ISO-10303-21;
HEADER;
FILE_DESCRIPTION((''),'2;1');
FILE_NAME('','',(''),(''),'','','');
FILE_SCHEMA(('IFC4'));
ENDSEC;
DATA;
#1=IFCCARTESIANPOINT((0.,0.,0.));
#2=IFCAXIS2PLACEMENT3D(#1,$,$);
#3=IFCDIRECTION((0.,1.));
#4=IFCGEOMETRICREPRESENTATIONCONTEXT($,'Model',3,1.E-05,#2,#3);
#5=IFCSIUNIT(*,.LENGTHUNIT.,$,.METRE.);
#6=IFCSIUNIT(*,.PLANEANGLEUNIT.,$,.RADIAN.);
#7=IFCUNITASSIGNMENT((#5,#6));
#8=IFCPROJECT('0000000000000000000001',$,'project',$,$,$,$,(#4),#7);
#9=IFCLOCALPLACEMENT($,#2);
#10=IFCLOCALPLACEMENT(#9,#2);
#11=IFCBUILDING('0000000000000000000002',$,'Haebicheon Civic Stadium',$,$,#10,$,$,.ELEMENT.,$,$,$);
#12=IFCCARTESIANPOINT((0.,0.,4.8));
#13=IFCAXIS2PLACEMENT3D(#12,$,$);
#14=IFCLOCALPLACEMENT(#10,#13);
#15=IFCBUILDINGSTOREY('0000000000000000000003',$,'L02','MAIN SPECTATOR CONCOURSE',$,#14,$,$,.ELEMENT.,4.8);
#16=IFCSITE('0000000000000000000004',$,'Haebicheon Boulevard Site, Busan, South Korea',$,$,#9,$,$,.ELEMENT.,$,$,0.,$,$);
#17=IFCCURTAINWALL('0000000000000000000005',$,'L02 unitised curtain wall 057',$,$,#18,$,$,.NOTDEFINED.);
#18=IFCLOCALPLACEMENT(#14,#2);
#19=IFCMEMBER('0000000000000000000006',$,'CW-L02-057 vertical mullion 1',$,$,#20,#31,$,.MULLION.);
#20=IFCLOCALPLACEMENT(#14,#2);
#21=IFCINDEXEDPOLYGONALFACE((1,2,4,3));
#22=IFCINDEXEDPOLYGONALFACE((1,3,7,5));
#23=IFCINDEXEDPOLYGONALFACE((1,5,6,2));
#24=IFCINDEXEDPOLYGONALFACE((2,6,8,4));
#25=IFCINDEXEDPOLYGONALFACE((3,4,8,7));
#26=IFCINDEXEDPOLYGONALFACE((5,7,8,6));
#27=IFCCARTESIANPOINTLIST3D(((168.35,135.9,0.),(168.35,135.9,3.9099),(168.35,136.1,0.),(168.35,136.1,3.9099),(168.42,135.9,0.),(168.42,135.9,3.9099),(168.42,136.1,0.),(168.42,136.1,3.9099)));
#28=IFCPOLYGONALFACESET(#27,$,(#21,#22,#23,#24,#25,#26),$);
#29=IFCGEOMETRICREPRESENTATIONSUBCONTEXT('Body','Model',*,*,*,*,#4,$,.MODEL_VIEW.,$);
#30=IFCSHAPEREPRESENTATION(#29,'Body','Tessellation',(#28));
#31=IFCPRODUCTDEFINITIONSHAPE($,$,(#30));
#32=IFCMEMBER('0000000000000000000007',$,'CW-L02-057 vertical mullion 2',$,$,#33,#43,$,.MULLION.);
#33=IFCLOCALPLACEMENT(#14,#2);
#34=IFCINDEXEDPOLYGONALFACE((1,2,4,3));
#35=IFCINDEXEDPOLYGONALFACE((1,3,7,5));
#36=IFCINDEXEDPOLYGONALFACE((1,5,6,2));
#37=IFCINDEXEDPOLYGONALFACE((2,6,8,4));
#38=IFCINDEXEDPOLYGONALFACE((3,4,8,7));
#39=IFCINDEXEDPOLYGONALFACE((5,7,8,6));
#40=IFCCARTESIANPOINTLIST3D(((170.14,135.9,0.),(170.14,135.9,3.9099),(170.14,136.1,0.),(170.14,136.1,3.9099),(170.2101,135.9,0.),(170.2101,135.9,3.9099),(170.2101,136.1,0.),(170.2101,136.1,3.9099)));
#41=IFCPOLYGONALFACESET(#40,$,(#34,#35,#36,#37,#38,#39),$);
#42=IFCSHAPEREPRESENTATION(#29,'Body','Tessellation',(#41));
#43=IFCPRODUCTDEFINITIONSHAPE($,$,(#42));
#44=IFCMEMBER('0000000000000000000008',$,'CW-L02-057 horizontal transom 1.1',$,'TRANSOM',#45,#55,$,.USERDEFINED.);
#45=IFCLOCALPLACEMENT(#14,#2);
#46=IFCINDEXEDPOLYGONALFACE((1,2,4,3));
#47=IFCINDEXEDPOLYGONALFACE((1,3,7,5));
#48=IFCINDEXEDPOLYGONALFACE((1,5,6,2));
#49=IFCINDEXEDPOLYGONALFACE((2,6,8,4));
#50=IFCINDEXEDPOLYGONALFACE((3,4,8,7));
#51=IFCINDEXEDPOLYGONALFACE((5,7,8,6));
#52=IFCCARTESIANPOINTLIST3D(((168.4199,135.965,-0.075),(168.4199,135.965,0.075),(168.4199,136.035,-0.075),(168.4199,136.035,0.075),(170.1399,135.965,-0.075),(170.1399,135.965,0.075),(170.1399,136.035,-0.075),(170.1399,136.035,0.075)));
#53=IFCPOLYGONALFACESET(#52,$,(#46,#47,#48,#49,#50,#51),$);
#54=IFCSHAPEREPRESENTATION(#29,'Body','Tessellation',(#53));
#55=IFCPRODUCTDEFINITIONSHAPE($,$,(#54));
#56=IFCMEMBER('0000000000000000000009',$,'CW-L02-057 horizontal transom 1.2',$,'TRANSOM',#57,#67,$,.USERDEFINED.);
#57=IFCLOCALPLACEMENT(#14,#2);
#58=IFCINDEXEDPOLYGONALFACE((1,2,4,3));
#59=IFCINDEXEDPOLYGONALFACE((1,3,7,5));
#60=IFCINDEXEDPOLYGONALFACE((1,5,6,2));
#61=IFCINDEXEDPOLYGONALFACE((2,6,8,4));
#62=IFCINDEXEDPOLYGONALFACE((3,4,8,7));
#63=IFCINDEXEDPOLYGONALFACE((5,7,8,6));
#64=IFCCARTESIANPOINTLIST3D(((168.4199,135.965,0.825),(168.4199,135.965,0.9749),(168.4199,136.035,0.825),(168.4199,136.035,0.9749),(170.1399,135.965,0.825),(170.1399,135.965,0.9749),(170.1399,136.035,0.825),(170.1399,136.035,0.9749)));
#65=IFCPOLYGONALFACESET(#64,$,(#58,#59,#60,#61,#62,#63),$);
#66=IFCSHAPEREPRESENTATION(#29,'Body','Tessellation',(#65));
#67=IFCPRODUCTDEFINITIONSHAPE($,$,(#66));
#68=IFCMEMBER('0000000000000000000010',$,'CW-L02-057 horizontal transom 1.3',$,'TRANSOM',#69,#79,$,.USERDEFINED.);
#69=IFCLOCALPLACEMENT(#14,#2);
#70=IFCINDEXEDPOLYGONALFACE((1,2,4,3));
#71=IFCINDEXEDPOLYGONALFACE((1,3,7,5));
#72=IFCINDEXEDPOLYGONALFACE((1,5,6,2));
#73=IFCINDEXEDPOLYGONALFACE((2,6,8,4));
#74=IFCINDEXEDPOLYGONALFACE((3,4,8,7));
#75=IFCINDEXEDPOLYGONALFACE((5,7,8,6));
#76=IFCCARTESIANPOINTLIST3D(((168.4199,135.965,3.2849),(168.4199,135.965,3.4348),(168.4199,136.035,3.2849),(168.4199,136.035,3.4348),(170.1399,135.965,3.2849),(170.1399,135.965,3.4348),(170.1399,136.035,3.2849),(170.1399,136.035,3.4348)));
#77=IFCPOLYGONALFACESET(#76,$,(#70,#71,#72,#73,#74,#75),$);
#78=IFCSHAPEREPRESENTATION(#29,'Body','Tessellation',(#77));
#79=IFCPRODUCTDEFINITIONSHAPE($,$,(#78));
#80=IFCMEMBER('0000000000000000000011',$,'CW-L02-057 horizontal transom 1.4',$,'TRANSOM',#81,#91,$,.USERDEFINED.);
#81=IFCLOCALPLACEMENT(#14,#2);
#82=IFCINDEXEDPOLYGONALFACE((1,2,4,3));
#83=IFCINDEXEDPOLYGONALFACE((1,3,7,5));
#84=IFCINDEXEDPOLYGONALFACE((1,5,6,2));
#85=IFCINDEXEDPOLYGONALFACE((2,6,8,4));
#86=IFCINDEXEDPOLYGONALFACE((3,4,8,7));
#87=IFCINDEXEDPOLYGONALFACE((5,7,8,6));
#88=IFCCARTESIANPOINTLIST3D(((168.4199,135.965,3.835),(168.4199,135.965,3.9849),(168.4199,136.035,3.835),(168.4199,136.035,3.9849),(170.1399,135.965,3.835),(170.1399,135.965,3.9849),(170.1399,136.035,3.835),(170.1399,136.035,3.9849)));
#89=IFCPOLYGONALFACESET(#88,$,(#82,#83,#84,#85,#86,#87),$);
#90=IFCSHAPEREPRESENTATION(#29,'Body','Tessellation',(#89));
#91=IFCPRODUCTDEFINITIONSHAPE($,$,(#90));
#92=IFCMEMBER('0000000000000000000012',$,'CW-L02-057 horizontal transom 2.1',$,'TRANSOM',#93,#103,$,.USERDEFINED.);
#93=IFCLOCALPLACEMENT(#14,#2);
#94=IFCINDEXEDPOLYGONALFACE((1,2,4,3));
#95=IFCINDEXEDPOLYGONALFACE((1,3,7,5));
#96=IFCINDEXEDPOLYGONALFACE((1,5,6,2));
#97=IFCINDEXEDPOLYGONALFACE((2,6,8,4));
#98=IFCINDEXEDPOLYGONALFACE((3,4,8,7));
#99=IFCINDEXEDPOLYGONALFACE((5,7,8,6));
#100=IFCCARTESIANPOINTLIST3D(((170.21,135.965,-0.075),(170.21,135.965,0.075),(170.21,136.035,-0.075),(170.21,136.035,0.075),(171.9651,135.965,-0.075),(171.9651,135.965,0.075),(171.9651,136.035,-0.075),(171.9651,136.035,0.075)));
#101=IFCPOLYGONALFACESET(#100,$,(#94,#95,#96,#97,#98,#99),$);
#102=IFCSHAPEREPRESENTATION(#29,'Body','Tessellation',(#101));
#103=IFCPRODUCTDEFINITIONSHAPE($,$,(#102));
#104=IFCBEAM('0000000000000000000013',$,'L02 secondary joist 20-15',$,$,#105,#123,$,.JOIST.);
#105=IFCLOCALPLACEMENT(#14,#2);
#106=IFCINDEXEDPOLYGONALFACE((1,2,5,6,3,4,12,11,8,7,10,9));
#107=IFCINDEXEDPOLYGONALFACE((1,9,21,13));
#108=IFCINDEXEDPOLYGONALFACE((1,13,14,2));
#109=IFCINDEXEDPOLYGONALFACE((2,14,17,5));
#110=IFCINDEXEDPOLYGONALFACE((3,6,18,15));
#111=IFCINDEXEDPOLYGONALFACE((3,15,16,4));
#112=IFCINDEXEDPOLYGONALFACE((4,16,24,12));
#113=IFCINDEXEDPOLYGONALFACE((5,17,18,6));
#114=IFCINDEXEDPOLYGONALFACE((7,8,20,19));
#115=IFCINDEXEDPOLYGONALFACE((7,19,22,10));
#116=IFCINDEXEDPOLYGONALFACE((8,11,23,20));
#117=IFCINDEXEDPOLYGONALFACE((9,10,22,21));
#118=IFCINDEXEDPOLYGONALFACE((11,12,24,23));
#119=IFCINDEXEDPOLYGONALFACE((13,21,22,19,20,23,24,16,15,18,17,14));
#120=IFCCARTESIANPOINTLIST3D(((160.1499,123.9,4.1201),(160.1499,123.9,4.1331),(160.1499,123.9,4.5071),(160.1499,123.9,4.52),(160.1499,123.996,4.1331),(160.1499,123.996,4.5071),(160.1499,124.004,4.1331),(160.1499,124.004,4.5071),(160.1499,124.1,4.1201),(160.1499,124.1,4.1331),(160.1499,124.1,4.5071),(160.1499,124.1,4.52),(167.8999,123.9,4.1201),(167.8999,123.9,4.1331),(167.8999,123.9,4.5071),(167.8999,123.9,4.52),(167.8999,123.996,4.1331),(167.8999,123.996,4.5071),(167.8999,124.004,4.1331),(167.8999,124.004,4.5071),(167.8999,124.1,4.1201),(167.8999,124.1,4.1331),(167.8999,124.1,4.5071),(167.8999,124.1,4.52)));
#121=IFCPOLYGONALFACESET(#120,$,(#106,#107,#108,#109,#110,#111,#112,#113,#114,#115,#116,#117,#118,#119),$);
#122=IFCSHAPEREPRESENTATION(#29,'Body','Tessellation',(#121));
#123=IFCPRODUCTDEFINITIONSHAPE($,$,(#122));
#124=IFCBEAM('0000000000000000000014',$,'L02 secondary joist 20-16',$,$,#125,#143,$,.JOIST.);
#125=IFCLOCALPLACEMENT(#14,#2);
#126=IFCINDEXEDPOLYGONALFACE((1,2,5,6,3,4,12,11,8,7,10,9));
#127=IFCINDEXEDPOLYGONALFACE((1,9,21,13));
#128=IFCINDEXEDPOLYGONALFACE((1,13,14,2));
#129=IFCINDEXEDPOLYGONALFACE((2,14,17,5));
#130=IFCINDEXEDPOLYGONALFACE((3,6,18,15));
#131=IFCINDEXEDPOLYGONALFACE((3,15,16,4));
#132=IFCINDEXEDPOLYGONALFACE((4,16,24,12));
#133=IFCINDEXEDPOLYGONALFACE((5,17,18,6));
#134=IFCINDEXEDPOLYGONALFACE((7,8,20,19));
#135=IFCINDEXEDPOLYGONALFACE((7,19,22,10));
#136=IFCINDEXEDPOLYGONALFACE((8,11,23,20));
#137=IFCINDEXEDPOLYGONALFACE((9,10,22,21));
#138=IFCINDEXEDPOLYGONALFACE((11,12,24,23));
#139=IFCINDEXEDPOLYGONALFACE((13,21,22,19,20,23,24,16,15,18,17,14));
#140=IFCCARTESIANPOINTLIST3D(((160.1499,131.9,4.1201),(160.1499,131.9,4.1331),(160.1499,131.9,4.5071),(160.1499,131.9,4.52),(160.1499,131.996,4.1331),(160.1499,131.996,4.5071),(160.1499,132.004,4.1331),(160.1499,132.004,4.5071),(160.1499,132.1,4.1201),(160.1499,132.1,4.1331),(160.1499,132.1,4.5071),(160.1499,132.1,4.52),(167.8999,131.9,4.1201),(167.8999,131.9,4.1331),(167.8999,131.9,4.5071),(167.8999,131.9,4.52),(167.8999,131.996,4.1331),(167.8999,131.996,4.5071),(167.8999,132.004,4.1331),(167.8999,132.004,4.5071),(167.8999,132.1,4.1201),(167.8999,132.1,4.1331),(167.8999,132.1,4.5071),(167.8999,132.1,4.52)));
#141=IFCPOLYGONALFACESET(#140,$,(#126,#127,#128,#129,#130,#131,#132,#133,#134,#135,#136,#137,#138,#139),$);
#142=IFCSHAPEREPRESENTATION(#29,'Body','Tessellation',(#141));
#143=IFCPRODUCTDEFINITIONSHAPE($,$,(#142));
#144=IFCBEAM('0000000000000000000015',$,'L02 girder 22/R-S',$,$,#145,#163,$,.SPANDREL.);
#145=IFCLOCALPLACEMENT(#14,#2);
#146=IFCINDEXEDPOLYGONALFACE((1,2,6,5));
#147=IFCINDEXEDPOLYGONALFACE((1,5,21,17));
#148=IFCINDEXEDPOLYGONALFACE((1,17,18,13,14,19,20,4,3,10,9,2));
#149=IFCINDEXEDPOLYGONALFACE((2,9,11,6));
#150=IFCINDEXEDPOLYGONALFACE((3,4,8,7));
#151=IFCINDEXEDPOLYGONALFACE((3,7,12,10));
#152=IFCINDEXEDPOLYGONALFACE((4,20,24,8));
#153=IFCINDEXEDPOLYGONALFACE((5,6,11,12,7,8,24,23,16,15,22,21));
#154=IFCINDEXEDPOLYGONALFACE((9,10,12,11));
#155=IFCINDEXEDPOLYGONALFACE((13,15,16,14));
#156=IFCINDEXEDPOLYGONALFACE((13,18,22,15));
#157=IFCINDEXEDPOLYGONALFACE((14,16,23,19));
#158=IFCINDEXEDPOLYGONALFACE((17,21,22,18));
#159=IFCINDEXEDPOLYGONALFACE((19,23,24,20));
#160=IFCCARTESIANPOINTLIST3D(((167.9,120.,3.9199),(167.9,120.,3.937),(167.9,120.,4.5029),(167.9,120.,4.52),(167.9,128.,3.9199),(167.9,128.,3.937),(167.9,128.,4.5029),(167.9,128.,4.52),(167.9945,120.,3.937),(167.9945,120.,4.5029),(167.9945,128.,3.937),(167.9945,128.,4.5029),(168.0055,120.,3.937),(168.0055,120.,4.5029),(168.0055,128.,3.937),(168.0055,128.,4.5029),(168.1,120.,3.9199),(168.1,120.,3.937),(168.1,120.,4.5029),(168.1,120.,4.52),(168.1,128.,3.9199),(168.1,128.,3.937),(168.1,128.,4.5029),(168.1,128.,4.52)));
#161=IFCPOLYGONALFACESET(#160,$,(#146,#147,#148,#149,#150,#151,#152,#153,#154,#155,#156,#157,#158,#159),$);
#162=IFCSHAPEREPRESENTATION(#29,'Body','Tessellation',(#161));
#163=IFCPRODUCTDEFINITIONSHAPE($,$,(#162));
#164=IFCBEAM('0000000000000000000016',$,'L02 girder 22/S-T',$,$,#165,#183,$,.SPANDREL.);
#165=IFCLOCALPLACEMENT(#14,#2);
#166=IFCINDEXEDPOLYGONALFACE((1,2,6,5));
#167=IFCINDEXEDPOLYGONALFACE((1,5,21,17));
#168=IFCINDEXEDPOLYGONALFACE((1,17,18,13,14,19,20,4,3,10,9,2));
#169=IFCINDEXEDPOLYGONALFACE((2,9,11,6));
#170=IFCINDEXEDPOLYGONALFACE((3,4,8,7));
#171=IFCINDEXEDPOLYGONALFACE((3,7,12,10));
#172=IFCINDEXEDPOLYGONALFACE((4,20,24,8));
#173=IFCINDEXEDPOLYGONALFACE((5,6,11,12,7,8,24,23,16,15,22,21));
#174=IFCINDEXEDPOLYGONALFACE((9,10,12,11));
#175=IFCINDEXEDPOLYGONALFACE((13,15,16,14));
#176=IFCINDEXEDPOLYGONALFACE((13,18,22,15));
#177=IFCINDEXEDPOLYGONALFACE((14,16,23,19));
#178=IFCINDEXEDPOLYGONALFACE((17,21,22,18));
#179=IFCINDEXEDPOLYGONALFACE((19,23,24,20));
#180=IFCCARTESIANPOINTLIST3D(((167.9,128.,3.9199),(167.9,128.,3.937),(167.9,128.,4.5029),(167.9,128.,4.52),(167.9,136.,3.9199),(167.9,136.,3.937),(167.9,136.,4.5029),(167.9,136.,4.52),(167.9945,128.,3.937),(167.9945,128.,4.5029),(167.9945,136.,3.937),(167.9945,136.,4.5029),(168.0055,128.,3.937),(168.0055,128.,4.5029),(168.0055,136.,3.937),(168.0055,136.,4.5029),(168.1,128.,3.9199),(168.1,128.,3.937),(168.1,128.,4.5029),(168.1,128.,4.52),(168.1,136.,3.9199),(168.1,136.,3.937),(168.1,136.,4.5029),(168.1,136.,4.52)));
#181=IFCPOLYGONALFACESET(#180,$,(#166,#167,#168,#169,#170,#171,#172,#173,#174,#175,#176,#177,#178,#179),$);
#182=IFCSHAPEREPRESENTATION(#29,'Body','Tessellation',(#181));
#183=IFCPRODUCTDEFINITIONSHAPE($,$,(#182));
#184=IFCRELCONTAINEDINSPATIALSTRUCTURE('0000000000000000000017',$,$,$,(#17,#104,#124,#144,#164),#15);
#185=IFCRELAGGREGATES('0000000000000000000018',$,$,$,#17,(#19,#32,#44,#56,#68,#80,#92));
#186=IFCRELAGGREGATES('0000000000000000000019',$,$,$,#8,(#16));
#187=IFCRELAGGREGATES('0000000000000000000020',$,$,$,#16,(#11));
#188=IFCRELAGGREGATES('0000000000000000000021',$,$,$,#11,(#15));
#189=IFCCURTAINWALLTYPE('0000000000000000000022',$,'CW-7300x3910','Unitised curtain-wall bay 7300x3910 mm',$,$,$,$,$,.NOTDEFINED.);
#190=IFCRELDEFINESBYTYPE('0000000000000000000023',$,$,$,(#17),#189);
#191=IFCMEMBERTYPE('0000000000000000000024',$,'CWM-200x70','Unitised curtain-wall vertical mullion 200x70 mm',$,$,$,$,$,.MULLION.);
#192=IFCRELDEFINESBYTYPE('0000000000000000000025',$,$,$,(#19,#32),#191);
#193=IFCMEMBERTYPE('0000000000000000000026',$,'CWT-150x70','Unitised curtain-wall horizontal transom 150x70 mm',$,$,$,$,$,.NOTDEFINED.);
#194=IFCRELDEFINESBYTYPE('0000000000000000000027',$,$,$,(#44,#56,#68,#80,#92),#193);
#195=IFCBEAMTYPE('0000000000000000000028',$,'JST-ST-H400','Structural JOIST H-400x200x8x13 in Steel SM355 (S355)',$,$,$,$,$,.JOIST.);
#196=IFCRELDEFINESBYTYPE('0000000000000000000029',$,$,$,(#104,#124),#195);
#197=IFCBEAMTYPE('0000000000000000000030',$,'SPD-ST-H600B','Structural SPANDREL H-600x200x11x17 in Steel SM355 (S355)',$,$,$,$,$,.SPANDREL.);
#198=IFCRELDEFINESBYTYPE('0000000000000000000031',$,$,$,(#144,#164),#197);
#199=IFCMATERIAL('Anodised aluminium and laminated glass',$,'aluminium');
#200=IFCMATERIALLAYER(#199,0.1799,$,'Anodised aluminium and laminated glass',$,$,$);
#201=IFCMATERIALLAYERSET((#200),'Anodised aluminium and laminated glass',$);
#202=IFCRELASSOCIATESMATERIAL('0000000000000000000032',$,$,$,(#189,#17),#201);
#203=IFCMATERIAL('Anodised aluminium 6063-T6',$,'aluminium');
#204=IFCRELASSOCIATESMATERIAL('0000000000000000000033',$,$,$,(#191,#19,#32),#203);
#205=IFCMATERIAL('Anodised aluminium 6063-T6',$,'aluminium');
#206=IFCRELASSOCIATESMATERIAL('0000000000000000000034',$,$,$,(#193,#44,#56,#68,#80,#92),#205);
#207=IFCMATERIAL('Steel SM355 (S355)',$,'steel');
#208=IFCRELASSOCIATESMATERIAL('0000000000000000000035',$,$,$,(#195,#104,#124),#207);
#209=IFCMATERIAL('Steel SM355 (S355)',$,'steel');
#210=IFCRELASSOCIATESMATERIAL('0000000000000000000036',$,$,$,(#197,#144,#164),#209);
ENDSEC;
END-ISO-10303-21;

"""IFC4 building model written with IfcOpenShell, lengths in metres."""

from ifc_helpers import new_model, si_unit, direction, frame, origin, origin_2d, place, context, subcontext, project, spatial, rectangle, i_section, extrude, material, layer, layer_set, material_profile, profile_set, type_object, element, aggregate, save


model = new_model("IFC4")

# Units and contexts
model_context = context("Model", 3, precision=1e-05, world=origin(), true_north=direction((0.0, 1.0)))
body_context = subcontext(model_context, "Body", "Model", "MODEL_VIEW")
ifc_project = project(units=[si_unit("LENGTHUNIT", "METRE"), si_unit("PLANEANGLEUNIT", "RADIAN")], contexts=[model_context])

# Site, building, storey
site_placement = place(None, origin())
site = spatial("IfcSite", under=ifc_project, at=site_placement, Name="Haebicheon Boulevard Site, Busan, South Korea", CompositionType="ELEMENT", RefElevation=0.0)
building_placement = place(site_placement, origin())
building = spatial("IfcBuilding", under=site, at=building_placement, Name="Haebicheon Civic Stadium", CompositionType="ELEMENT")
storey_placement = place(building_placement, frame((0.0, 0.0, 4.8)))
storey = spatial("IfcBuildingStorey", under=building, at=storey_placement, Name="L02", Description="MAIN SPECTATOR CONCOURSE", CompositionType="ELEMENT", Elevation=4.8)

# Curtain wall, members
ifc_material_1 = material(Name="Anodised aluminium and laminated glass", Category="aluminium")
ifc_layer_1 = layer(ifc_material_1, 0.1799, Name="Anodised aluminium and laminated glass")
ifc_layer_set_1 = layer_set([ifc_layer_1], Name="Anodised aluminium and laminated glass")
curtain_wall_type = type_object("IfcCurtainWallType", Name="CW-7300x3910", Description="Unitised curtain-wall bay 7300x3910 mm", PredefinedType="NOTDEFINED", material=ifc_layer_set_1)
curtain_wall_placement = place(storey_placement, origin())
curtain_wall = element("IfcCurtainWall", 1, at=curtain_wall_placement, inside=storey, type_object=curtain_wall_type, material=ifc_layer_set_1, Name="L02 unitised curtain wall 057", PredefinedType="NOTDEFINED")
ifc_material_2 = material(Name="Anodised aluminium 6063-T6", Category="aluminium")
ifc_material_profile_1 = material_profile(ifc_material_2, rectangle(XDim=0.0701, YDim=0.2, at=origin_2d()), Name="ALU-MULL-70x200")
ifc_profile_set_1 = profile_set([ifc_material_profile_1], Name="Anodised aluminium 6063-T6")
member_type_1 = type_object("IfcMemberType", Name="CWM-200x70", Description="Unitised curtain-wall vertical mullion 200x70 mm", PredefinedType="MULLION", material=ifc_profile_set_1)
member_1_placement = place(storey_placement, frame((168.385, 136.0, 0.0), z_axis=(0.0, 0.0, 1.0), x_axis=(1.0, 0.0, 0.0)))
member_1 = element("IfcMember", 2, at=member_1_placement, type_object=member_type_1, material=ifc_profile_set_1, Name="CW-L02-057 vertical mullion 1", PredefinedType="MULLION", context=body_context, shape_type="SweptSolid", body=[
    extrude(rectangle(XDim=0.0701, YDim=0.2, at=origin_2d()), origin(), (0.0, 0.0, 1.0), 3.9099),
])
member_2_placement = place(storey_placement, frame((170.175, 136.0, 0.0), z_axis=(0.0, 0.0, 1.0), x_axis=(1.0, 0.0, 0.0)))
member_2 = element("IfcMember", 3, at=member_2_placement, type_object=member_type_1, material=ifc_profile_set_1, Name="CW-L02-057 vertical mullion 2", PredefinedType="MULLION", context=body_context, shape_type="SweptSolid", body=[
    extrude(rectangle(XDim=0.0701, YDim=0.2, at=origin_2d()), origin(), (0.0, 0.0, 1.0), 3.9099),
])
ifc_material_3 = material(Name="Anodised aluminium 6063-T6", Category="aluminium")
ifc_material_profile_2 = material_profile(ifc_material_3, rectangle(XDim=0.0701, YDim=0.1499, at=origin_2d()), Name="ALU-TRAN-70x150")
ifc_profile_set_2 = profile_set([ifc_material_profile_2], Name="Anodised aluminium 6063-T6")
member_type_2 = type_object("IfcMemberType", Name="CWT-150x70", Description="Unitised curtain-wall horizontal transom 150x70 mm", PredefinedType="NOTDEFINED", material=ifc_profile_set_2)
member_3_placement = place(storey_placement, frame((168.4199, 136.0, 0.0), z_axis=(1.0, 0.0, 0.0), x_axis=(0.0, 1.0, 0.0)))
member_3 = element("IfcMember", 4, at=member_3_placement, type_object=member_type_2, material=ifc_profile_set_2, Name="CW-L02-057 horizontal transom 1.1", ObjectType="TRANSOM", PredefinedType="USERDEFINED", context=body_context, shape_type="SweptSolid", body=[
    extrude(rectangle(XDim=0.0701, YDim=0.1499, at=origin_2d()), origin(), (0.0, 0.0, 1.0), 1.72),
])
member_4_placement = place(storey_placement, frame((168.4199, 136.0, 0.8999), z_axis=(1.0, 0.0, 0.0), x_axis=(0.0, 1.0, 0.0)))
member_4 = element("IfcMember", 5, at=member_4_placement, type_object=member_type_2, material=ifc_profile_set_2, Name="CW-L02-057 horizontal transom 1.2", ObjectType="TRANSOM", PredefinedType="USERDEFINED", context=body_context, shape_type="SweptSolid", body=[
    extrude(rectangle(XDim=0.0701, YDim=0.1499, at=origin_2d()), origin(), (0.0, 0.0, 1.0), 1.72),
])
member_5_placement = place(storey_placement, frame((168.4199, 136.0, 3.3599), z_axis=(1.0, 0.0, 0.0), x_axis=(0.0, 1.0, 0.0)))
member_5 = element("IfcMember", 6, at=member_5_placement, type_object=member_type_2, material=ifc_profile_set_2, Name="CW-L02-057 horizontal transom 1.3", ObjectType="TRANSOM", PredefinedType="USERDEFINED", context=body_context, shape_type="SweptSolid", body=[
    extrude(rectangle(XDim=0.0701, YDim=0.1499, at=origin_2d()), origin(), (0.0, 0.0, 1.0), 1.72),
])
member_6_placement = place(storey_placement, frame((168.4199, 136.0, 3.9099), z_axis=(1.0, 0.0, 0.0), x_axis=(0.0, 1.0, 0.0)))
member_6 = element("IfcMember", 7, at=member_6_placement, type_object=member_type_2, material=ifc_profile_set_2, Name="CW-L02-057 horizontal transom 1.4", ObjectType="TRANSOM", PredefinedType="USERDEFINED", context=body_context, shape_type="SweptSolid", body=[
    extrude(rectangle(XDim=0.0701, YDim=0.1499, at=origin_2d()), origin(), (0.0, 0.0, 1.0), 1.72),
])
member_7_placement = place(storey_placement, frame((170.21, 136.0, 0.0), z_axis=(1.0, 0.0, 0.0), x_axis=(0.0, 1.0, 0.0)))
member_7 = element("IfcMember", 8, at=member_7_placement, type_object=member_type_2, material=ifc_profile_set_2, Name="CW-L02-057 horizontal transom 2.1", ObjectType="TRANSOM", PredefinedType="USERDEFINED", context=body_context, shape_type="SweptSolid", body=[
    extrude(rectangle(XDim=0.0701, YDim=0.1499, at=origin_2d()), origin(), (0.0, 0.0, 1.0), 1.7551),
])

# Beams
ifc_material_4 = material(Name="Steel SM355 (S355)", Category="steel")
ifc_material_profile_3 = material_profile(ifc_material_4, i_section(OverallWidth=0.2, OverallDepth=0.3999, WebThickness=0.0081, FlangeThickness=0.0129, at=origin_2d()), Name="H-400x200x8x13")
ifc_profile_set_3 = profile_set([ifc_material_profile_3], Name="Steel SM355 (S355)")
beam_type_1 = type_object("IfcBeamType", Name="JST-ST-H400", Description="Structural JOIST H-400x200x8x13 in Steel SM355 (S355)", PredefinedType="JOIST", material=ifc_profile_set_3)
for number, where, z_axis, x_axis, name in (
    (9, (160.1499, 124.0, 4.3201), (1.0, 0.0, 0.0), (0.0, 1.0, 0.0), "L02 secondary joist 20-15"),
    (10, (160.1499, 132.0, 4.3201), (1.0, 0.0, 0.0), (0.0, 1.0, 0.0), "L02 secondary joist 20-16"),
):
    element("IfcBeam", number, at=place(storey_placement, frame(where, z_axis=z_axis, x_axis=x_axis)), inside=storey, type_object=beam_type_1, material=ifc_profile_set_3, Name=name, PredefinedType="JOIST", context=body_context, shape_type="SweptSolid", body=[
        extrude(i_section(OverallWidth=0.2, OverallDepth=0.3999, WebThickness=0.0081, FlangeThickness=0.0129, at=origin_2d()), origin(), (0.0, 0.0, 1.0), 7.75),
    ])
ifc_material_5 = material(Name="Steel SM355 (S355)", Category="steel")
ifc_material_profile_4 = material_profile(ifc_material_5, i_section(OverallWidth=0.2, OverallDepth=0.6001, WebThickness=0.011, FlangeThickness=0.0171, at=origin_2d()), Name="H-600x200x11x17")
ifc_profile_set_4 = profile_set([ifc_material_profile_4], Name="Steel SM355 (S355)")
beam_type_2 = type_object("IfcBeamType", Name="SPD-ST-H600B", Description="Structural SPANDREL H-600x200x11x17 in Steel SM355 (S355)", PredefinedType="SPANDREL", material=ifc_profile_set_4)
for number, where, z_axis, x_axis, name in (
    (11, (168.0, 120.0, 4.22), (0.0, 1.0, 0.0), (-1.0, 0.0, 0.0), "L02 girder 22/R-S"),
    (12, (168.0, 128.0, 4.22), (0.0, 1.0, 0.0), (-1.0, 0.0, 0.0), "L02 girder 22/S-T"),
):
    element("IfcBeam", number, at=place(storey_placement, frame(where, z_axis=z_axis, x_axis=x_axis)), inside=storey, type_object=beam_type_2, material=ifc_profile_set_4, Name=name, PredefinedType="SPANDREL", context=body_context, shape_type="SweptSolid", body=[
        extrude(i_section(OverallWidth=0.2, OverallDepth=0.6001, WebThickness=0.011, FlangeThickness=0.0171, at=origin_2d()), origin(), (0.0, 0.0, 1.0), 8.0),
    ])

aggregate(curtain_wall, [member_1, member_2, member_3, member_4, member_5, member_6, member_7])

save(model, "model.ifc")
